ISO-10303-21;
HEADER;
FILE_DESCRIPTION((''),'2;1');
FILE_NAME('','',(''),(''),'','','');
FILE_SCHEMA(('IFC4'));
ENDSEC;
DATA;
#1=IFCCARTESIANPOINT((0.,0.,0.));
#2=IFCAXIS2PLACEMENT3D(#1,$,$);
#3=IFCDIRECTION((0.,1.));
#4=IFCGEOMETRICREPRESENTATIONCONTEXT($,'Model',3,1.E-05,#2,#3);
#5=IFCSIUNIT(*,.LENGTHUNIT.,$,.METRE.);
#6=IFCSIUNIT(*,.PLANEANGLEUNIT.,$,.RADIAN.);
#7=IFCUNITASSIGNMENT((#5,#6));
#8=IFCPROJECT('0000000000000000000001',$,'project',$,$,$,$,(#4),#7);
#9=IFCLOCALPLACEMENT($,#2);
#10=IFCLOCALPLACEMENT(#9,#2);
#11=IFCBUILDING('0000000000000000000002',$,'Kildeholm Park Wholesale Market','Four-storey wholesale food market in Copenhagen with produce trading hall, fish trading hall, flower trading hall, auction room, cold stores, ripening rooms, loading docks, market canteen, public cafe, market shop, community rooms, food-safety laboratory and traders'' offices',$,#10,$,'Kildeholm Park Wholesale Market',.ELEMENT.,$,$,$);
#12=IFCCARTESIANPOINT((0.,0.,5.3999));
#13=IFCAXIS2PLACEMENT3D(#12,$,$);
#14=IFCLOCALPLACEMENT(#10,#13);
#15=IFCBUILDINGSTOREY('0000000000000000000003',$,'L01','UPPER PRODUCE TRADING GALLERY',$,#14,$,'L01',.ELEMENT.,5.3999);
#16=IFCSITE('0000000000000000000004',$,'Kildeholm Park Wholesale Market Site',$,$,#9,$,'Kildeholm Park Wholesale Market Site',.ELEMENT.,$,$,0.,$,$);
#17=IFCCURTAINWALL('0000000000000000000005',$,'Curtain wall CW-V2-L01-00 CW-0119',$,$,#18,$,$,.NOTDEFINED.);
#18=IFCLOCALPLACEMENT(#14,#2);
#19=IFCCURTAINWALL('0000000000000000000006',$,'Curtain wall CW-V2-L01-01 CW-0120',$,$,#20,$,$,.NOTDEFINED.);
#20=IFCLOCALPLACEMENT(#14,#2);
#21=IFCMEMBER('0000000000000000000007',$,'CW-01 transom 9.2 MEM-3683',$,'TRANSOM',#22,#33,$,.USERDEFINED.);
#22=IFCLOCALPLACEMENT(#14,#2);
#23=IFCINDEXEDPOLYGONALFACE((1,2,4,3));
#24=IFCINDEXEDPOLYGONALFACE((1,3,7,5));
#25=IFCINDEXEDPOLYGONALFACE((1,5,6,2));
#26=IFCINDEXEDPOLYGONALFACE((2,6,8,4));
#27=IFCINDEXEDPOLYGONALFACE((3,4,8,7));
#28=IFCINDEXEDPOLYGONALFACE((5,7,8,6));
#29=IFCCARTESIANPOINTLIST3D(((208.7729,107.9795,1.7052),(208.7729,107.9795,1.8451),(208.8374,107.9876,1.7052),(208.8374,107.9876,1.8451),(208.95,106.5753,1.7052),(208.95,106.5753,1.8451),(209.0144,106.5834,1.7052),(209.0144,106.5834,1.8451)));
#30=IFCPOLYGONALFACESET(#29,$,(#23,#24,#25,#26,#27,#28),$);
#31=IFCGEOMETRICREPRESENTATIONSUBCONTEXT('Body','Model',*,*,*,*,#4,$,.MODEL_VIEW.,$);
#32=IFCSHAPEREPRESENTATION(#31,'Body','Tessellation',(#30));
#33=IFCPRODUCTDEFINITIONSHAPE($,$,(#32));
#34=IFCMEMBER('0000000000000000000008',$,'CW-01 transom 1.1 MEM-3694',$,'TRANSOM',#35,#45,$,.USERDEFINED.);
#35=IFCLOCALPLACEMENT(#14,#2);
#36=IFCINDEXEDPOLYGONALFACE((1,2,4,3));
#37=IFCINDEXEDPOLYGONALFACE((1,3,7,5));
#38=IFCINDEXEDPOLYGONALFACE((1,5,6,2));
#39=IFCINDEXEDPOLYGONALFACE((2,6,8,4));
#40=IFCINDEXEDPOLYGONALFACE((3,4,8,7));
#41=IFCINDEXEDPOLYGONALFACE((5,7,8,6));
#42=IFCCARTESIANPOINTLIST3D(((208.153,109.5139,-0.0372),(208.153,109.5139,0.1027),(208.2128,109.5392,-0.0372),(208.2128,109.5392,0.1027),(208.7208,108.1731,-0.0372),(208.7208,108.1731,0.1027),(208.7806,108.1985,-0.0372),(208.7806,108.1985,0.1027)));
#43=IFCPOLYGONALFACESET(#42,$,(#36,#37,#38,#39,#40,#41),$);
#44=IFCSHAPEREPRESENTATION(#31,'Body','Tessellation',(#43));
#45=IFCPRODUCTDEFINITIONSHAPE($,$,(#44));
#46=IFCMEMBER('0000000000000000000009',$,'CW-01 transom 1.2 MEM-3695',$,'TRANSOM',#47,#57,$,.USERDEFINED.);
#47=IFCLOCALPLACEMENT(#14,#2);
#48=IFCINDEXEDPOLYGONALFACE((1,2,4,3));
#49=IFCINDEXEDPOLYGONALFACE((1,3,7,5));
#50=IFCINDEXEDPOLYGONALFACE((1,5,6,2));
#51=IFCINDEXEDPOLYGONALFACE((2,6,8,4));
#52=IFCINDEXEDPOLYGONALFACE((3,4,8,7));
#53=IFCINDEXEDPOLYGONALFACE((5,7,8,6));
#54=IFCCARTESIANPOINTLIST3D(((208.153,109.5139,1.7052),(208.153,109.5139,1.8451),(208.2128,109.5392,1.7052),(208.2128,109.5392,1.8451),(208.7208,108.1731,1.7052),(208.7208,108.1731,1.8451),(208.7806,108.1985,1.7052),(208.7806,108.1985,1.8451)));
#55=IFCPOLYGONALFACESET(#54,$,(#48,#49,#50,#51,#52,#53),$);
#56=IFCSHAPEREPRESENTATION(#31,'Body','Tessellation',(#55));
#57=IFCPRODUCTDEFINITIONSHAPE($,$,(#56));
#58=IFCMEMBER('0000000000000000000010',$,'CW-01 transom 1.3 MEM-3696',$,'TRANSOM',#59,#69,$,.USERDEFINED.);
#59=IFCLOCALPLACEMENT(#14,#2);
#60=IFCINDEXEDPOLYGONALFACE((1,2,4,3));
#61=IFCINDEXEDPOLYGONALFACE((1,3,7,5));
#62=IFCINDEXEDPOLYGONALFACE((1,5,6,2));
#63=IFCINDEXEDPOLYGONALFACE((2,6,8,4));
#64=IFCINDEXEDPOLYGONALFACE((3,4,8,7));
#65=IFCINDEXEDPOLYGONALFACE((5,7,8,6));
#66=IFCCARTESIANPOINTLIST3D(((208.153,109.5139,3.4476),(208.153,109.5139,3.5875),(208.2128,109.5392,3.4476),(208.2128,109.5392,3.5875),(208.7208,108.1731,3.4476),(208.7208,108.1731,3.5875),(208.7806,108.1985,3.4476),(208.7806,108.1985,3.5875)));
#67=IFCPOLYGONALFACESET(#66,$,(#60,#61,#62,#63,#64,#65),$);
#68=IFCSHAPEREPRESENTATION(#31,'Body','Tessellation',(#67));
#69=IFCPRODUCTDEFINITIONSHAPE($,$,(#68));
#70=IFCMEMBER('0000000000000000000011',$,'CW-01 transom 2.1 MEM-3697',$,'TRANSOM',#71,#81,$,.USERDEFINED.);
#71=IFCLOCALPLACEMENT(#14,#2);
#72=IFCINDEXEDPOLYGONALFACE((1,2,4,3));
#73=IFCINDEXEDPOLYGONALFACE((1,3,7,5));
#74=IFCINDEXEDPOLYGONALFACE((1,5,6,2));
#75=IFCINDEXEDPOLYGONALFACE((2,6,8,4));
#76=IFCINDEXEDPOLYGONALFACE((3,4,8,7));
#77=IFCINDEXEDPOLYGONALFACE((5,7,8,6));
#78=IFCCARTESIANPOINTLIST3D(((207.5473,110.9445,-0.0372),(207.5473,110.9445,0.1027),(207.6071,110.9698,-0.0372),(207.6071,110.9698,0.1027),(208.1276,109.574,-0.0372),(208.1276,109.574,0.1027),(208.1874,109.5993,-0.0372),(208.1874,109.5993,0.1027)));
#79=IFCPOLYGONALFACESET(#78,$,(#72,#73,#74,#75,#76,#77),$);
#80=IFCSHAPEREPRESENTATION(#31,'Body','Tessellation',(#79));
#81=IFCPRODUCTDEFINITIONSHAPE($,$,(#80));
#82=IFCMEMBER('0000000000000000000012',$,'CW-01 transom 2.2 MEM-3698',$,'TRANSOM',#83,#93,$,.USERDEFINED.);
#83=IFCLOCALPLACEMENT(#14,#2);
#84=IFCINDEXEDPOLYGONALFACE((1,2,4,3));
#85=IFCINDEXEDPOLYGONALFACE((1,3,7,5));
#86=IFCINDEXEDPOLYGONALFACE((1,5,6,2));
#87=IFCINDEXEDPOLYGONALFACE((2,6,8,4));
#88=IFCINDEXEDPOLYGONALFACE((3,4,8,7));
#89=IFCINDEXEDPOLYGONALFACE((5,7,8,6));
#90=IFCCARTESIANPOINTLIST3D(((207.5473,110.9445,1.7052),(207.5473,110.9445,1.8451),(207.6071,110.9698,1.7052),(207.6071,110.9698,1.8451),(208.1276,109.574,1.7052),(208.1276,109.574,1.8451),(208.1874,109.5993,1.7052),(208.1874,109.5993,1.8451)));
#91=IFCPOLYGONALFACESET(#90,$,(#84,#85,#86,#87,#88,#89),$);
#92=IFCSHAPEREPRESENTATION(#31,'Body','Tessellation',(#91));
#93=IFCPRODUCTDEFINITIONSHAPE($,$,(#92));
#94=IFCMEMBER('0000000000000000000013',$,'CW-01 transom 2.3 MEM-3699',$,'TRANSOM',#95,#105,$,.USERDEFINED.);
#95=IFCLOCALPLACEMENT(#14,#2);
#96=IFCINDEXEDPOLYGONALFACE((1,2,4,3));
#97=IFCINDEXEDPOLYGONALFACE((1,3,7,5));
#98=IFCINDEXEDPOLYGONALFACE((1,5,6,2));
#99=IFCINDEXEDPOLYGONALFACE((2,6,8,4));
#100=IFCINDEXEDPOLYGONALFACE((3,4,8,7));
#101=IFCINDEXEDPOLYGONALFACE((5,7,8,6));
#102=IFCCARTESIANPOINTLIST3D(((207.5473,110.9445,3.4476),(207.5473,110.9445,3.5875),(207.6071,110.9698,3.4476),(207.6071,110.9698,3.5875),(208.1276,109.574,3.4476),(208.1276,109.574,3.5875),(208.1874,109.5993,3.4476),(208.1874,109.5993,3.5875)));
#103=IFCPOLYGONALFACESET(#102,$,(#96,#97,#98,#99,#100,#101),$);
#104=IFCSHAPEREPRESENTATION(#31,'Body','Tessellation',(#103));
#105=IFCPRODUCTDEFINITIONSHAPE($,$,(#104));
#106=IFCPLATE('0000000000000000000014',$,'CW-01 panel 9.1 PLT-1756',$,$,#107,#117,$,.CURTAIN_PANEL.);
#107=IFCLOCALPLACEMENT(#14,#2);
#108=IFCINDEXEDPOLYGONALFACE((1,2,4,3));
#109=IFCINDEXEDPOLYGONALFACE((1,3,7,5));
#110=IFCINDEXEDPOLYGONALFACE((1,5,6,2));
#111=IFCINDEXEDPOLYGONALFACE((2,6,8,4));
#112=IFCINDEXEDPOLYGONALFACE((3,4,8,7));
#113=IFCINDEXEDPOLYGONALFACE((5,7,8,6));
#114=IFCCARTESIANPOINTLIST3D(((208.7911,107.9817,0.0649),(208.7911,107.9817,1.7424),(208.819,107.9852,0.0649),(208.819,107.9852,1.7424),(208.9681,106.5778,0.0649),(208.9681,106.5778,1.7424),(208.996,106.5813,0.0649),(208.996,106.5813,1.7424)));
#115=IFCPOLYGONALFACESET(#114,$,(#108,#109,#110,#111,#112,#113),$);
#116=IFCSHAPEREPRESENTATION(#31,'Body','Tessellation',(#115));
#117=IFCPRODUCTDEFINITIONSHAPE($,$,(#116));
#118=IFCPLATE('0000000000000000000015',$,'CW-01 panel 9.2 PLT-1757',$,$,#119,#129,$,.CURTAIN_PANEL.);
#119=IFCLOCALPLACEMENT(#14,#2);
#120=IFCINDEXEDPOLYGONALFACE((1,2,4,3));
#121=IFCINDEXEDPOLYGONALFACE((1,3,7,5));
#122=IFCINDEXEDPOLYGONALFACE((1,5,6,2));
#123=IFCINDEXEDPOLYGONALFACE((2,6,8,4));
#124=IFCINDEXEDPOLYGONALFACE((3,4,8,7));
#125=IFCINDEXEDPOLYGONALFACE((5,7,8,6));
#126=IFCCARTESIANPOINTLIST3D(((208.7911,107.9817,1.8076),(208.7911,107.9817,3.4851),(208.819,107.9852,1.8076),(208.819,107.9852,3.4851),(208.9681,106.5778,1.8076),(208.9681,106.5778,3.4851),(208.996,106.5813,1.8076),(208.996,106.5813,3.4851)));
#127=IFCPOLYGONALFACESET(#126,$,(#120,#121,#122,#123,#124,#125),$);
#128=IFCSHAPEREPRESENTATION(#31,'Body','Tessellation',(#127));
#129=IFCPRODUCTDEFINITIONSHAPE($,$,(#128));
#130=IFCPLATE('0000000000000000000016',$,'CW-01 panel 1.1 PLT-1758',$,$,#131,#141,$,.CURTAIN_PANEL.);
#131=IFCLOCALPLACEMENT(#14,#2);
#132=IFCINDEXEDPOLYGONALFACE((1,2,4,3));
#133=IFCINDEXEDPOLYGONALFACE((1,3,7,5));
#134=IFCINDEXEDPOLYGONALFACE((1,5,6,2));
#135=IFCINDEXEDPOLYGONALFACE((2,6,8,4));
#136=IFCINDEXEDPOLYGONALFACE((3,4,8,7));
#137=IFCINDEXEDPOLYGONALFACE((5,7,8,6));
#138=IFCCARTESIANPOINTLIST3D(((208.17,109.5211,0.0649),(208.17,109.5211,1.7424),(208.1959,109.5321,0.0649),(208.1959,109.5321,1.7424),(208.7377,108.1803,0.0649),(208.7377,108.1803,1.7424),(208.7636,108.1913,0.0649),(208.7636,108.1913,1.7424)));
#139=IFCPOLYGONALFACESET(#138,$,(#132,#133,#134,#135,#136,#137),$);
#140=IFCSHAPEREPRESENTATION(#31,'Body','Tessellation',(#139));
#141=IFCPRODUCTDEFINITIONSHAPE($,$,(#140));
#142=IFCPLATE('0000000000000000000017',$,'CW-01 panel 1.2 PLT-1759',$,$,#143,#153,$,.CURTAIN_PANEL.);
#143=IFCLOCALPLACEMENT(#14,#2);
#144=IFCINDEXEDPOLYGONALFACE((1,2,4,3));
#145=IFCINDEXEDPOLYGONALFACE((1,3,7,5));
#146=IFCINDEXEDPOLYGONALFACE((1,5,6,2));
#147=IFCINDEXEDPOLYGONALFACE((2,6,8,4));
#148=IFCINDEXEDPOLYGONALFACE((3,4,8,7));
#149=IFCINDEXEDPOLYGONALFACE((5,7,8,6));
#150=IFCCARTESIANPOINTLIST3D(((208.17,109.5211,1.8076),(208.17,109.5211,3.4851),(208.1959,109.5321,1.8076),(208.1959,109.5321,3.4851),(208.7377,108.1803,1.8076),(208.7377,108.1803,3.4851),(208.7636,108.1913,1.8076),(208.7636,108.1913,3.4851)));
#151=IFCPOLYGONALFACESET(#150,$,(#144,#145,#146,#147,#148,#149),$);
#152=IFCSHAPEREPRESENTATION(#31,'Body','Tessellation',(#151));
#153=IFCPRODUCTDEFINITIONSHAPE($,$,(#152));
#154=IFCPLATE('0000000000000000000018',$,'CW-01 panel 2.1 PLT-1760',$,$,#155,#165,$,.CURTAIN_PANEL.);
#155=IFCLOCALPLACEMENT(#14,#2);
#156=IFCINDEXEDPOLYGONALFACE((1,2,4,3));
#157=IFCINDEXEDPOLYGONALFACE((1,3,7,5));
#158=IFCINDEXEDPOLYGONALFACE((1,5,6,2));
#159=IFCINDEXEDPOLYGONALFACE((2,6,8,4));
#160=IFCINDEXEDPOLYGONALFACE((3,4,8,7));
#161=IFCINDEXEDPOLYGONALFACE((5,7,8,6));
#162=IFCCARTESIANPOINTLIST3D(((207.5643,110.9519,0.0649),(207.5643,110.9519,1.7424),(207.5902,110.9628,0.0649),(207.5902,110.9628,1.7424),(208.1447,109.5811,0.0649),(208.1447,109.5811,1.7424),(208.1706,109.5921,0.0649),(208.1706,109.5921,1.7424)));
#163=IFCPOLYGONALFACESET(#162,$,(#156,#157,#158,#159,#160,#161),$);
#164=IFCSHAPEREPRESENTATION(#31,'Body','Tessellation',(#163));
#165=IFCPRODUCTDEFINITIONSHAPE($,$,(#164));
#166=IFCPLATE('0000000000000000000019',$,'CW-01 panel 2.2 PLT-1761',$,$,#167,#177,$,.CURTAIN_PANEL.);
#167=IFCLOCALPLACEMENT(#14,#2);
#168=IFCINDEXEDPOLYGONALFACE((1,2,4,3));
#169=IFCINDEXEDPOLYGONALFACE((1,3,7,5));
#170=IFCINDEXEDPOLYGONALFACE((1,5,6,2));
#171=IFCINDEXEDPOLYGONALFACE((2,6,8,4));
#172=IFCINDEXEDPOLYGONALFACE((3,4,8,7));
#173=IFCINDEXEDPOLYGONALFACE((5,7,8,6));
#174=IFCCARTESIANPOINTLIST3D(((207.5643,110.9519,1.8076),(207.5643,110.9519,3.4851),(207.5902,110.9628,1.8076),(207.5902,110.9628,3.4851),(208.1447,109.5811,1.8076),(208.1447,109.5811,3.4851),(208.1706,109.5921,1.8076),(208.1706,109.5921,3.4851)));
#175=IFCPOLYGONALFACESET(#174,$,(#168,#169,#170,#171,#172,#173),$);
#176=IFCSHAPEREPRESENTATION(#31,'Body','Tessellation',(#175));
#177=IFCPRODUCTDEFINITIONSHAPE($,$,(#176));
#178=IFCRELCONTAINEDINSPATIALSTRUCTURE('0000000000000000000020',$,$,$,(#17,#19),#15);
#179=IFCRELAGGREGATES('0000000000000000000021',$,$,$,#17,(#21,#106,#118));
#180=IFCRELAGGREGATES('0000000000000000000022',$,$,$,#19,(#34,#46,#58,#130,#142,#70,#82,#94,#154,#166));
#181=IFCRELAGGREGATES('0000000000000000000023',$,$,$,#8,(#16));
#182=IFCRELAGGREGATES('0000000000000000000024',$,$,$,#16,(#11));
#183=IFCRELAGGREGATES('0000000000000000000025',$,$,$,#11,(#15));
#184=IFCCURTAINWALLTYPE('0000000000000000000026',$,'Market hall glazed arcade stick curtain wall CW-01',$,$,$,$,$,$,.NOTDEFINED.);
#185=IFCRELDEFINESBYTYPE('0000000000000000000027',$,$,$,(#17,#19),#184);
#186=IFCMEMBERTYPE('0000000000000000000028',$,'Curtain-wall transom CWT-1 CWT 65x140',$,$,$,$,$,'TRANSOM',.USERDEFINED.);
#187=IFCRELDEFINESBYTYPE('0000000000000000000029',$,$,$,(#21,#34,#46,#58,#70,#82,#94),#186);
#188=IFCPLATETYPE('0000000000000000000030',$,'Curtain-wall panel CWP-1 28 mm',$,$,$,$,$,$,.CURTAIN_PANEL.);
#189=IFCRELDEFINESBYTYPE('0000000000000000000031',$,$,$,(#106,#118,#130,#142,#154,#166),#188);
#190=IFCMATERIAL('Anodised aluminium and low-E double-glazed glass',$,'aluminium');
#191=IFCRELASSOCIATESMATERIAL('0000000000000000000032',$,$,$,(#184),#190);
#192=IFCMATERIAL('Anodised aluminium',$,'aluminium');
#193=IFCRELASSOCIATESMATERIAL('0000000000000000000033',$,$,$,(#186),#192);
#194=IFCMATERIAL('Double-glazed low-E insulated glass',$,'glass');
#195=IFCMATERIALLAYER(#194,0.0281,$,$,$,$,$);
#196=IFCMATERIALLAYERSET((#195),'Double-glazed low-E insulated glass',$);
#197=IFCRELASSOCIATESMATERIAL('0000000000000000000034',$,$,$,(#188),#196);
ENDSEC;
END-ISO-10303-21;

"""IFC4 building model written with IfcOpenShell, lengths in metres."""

from ifc_helpers import new_model, si_unit, direction, frame, origin, origin_2d, place, context, subcontext, project, spatial, rectangle, extrude, material, layer, layer_set, material_profile, profile_set, type_object, element, aggregate, save


model = new_model("IFC4")

# Units and contexts
model_context = context("Model", 3, precision=1e-05, world=origin(), true_north=direction((0.0, 1.0)))
body_context = subcontext(model_context, "Body", "Model", "MODEL_VIEW")
ifc_project = project(units=[si_unit("LENGTHUNIT", "METRE"), si_unit("PLANEANGLEUNIT", "RADIAN")], contexts=[model_context])

# Site, building, storey
site_placement = place(None, origin())
site = spatial("IfcSite", under=ifc_project, at=site_placement, Name="Kildeholm Park Wholesale Market Site", LongName="Kildeholm Park Wholesale Market Site", CompositionType="ELEMENT", RefElevation=0.0)
building_placement = place(site_placement, origin())
building = spatial("IfcBuilding", under=site, at=building_placement, Name="Kildeholm Park Wholesale Market", Description="Four-storey wholesale food market in Copenhagen with produce trading hall, fish trading hall, flower trading hall, auction room, cold stores, ripening rooms, loading docks, market canteen, public cafe, market shop, community rooms, food-safety laboratory and traders' offices", LongName="Kildeholm Park Wholesale Market", CompositionType="ELEMENT")
storey_placement = place(building_placement, frame((0.0, 0.0, 5.3999)))
storey = spatial("IfcBuildingStorey", under=building, at=storey_placement, Name="L01", Description="UPPER PRODUCE TRADING GALLERY", LongName="L01", CompositionType="ELEMENT", Elevation=5.3999)

# Curtain wall
ifc_material_1 = material(Name="Anodised aluminium and low-E double-glazed glass", Category="aluminium")
curtain_wall_type = type_object("IfcCurtainWallType", Name="Market hall glazed arcade stick curtain wall CW-01", PredefinedType="NOTDEFINED", material=ifc_material_1)
curtain_wall_1_placement = place(storey_placement, origin())
curtain_wall_1 = element("IfcCurtainWall", 1, at=curtain_wall_1_placement, inside=storey, type_object=curtain_wall_type, Name="Curtain wall CW-V2-L01-00 CW-0119", PredefinedType="NOTDEFINED")
ifc_material_2 = material(Name="Anodised aluminium", Category="aluminium")

# Curtain wall
curtain_wall_2_placement = place(storey_placement, origin())
curtain_wall_2 = element("IfcCurtainWall", 2, at=curtain_wall_2_placement, inside=storey, type_object=curtain_wall_type, Name="Curtain wall CW-V2-L01-01 CW-0120", PredefinedType="NOTDEFINED")

# Members
ifc_material_profile_1 = material_profile(ifc_material_2, rectangle(XDim=0.0649, YDim=0.1399, at=origin_2d()), Name="CWT 65x140")
ifc_profile_set_1 = profile_set([ifc_material_profile_1], Name="Anodised aluminium")
member_type_1 = type_object("IfcMemberType", Name="Curtain-wall transom CWT-1 CWT 65x140", ElementType="TRANSOM", PredefinedType="USERDEFINED", material=ifc_profile_set_1)
member_1_placement = place(storey_placement, frame((208.9822, 106.5793, 1.7751), z_axis=(-0.125075, 0.992147, 0.0), x_axis=(-0.992147, -0.125075, 0.0)))
member_1 = element("IfcMember", 3, at=member_1_placement, type_object=member_type_1, Name="CW-01 transom 9.2 MEM-3683", ObjectType="TRANSOM", PredefinedType="USERDEFINED", context=body_context, shape_type="SweptSolid", body=[
    extrude(rectangle(XDim=0.0649, YDim=0.1399, at=origin_2d()), origin(), (0.0, 0.0, 1.0), 1.4153),
])
member_2_placement = place(storey_placement, frame((208.7507, 108.1858, 0.0327), z_axis=(-0.38999, 0.920819, 0.0), x_axis=(-0.920819, -0.38999, 0.0)))
member_2 = element("IfcMember", 4, at=member_2_placement, type_object=member_type_1, Name="CW-01 transom 1.1 MEM-3694", ObjectType="TRANSOM", PredefinedType="USERDEFINED", context=body_context, shape_type="SweptSolid", body=[
    extrude(rectangle(XDim=0.0649, YDim=0.1399, at=origin_2d()), origin(), (0.0, 0.0, 1.0), 1.4561),
])
member_3_placement = place(storey_placement, frame((208.7507, 108.1858, 1.7751), z_axis=(-0.38999, 0.920819, 0.0), x_axis=(-0.920819, -0.38999, 0.0)))
member_3 = element("IfcMember", 5, at=member_3_placement, type_object=member_type_1, Name="CW-01 transom 1.2 MEM-3695", ObjectType="TRANSOM", PredefinedType="USERDEFINED", context=body_context, shape_type="SweptSolid", body=[
    extrude(rectangle(XDim=0.0649, YDim=0.1399, at=origin_2d()), origin(), (0.0, 0.0, 1.0), 1.4561),
])
member_4_placement = place(storey_placement, frame((208.7507, 108.1858, 3.5176), z_axis=(-0.38999, 0.920819, 0.0), x_axis=(-0.920819, -0.38999, 0.0)))
member_4 = element("IfcMember", 6, at=member_4_placement, type_object=member_type_1, Name="CW-01 transom 1.3 MEM-3696", ObjectType="TRANSOM", PredefinedType="USERDEFINED", context=body_context, shape_type="SweptSolid", body=[
    extrude(rectangle(XDim=0.0649, YDim=0.1399, at=origin_2d()), origin(), (0.0, 0.0, 1.0), 1.4561),
])
member_5_placement = place(storey_placement, frame((208.1575, 109.5867, 0.0327), z_axis=(-0.389897, 0.920859, 0.0), x_axis=(-0.920859, -0.389897, 0.0)))
member_5 = element("IfcMember", 7, at=member_5_placement, type_object=member_type_1, Name="CW-01 transom 2.1 MEM-3697", ObjectType="TRANSOM", PredefinedType="USERDEFINED", context=body_context, shape_type="SweptSolid", body=[
    extrude(rectangle(XDim=0.0649, YDim=0.1399, at=origin_2d()), origin(), (0.0, 0.0, 1.0), 1.4883),
])
member_6_placement = place(storey_placement, frame((208.1575, 109.5867, 1.7751), z_axis=(-0.389897, 0.920859, 0.0), x_axis=(-0.920859, -0.389897, 0.0)))
member_6 = element("IfcMember", 8, at=member_6_placement, type_object=member_type_1, Name="CW-01 transom 2.2 MEM-3698", ObjectType="TRANSOM", PredefinedType="USERDEFINED", context=body_context, shape_type="SweptSolid", body=[
    extrude(rectangle(XDim=0.0649, YDim=0.1399, at=origin_2d()), origin(), (0.0, 0.0, 1.0), 1.4883),
])
member_7_placement = place(storey_placement, frame((208.1575, 109.5867, 3.5176), z_axis=(-0.389897, 0.920859, 0.0), x_axis=(-0.920859, -0.389897, 0.0)))
member_7 = element("IfcMember", 9, at=member_7_placement, type_object=member_type_1, Name="CW-01 transom 2.3 MEM-3699", ObjectType="TRANSOM", PredefinedType="USERDEFINED", context=body_context, shape_type="SweptSolid", body=[
    extrude(rectangle(XDim=0.0649, YDim=0.1399, at=origin_2d()), origin(), (0.0, 0.0, 1.0), 1.4883),
])

# Plates
ifc_material_3 = material(Name="Double-glazed low-E insulated glass", Category="glass")
ifc_layer = layer(ifc_material_3, 0.0281)
ifc_layer_set = layer_set([ifc_layer], Name="Double-glazed low-E insulated glass")
plate_type = type_object("IfcPlateType", Name="Curtain-wall panel CWP-1 28 mm", PredefinedType="CURTAIN_PANEL", material=ifc_layer_set)
plate_1_placement = place(storey_placement, frame((208.8936, 107.2815, 0.0649), z_axis=(0.0, 0.0, 1.0), x_axis=(-0.125092, 0.992145, 0.0)))
plate_1 = element("IfcPlate", 10, at=plate_1_placement, type_object=plate_type, Name="CW-01 panel 9.1 PLT-1756", PredefinedType="CURTAIN_PANEL", context=body_context, shape_type="SweptSolid", body=[
    extrude(rectangle(XDim=1.415, YDim=0.0281, at=origin_2d()), origin(), (0.0, 0.0, 1.0), 1.6775),
])
plate_2_placement = place(storey_placement, frame((208.8936, 107.2815, 1.8076), z_axis=(0.0, 0.0, 1.0), x_axis=(-0.125092, 0.992145, 0.0)))
plate_2 = element("IfcPlate", 11, at=plate_2_placement, type_object=plate_type, Name="CW-01 panel 9.2 PLT-1757", PredefinedType="CURTAIN_PANEL", context=body_context, shape_type="SweptSolid", body=[
    extrude(rectangle(XDim=1.415, YDim=0.0281, at=origin_2d()), origin(), (0.0, 0.0, 1.0), 1.6775),
])
aggregate(curtain_wall_1, [member_1, plate_1, plate_2])
plate_3_placement = place(storey_placement, frame((208.4668, 108.8562, 0.0649), z_axis=(0.0, 0.0, 1.0), x_axis=(-0.389905, 0.920855, 0.0)))
plate_3 = element("IfcPlate", 12, at=plate_3_placement, type_object=plate_type, Name="CW-01 panel 1.1 PLT-1758", PredefinedType="CURTAIN_PANEL", context=body_context, shape_type="SweptSolid", body=[
    extrude(rectangle(XDim=1.4561, YDim=0.0281, at=origin_2d()), origin(), (0.0, 0.0, 1.0), 1.6775),
])
plate_4_placement = place(storey_placement, frame((208.4668, 108.8562, 1.8076), z_axis=(0.0, 0.0, 1.0), x_axis=(-0.389905, 0.920855, 0.0)))
plate_4 = element("IfcPlate", 13, at=plate_4_placement, type_object=plate_type, Name="CW-01 panel 1.2 PLT-1759", PredefinedType="CURTAIN_PANEL", context=body_context, shape_type="SweptSolid", body=[
    extrude(rectangle(XDim=1.4561, YDim=0.0281, at=origin_2d()), origin(), (0.0, 0.0, 1.0), 1.6775),
])
plate_5_placement = place(storey_placement, frame((207.8674, 110.272, 0.0649), z_axis=(0.0, 0.0, 1.0), x_axis=(-0.389905, 0.920855, 0.0)))
plate_5 = element("IfcPlate", 14, at=plate_5_placement, type_object=plate_type, Name="CW-01 panel 2.1 PLT-1760", PredefinedType="CURTAIN_PANEL", context=body_context, shape_type="SweptSolid", body=[
    extrude(rectangle(XDim=1.4885, YDim=0.0281, at=origin_2d()), origin(), (0.0, 0.0, 1.0), 1.6775),
])
plate_6_placement = place(storey_placement, frame((207.8674, 110.272, 1.8076), z_axis=(0.0, 0.0, 1.0), x_axis=(-0.389905, 0.920855, 0.0)))
plate_6 = element("IfcPlate", 15, at=plate_6_placement, type_object=plate_type, Name="CW-01 panel 2.2 PLT-1761", PredefinedType="CURTAIN_PANEL", context=body_context, shape_type="SweptSolid", body=[
    extrude(rectangle(XDim=1.4885, YDim=0.0281, at=origin_2d()), origin(), (0.0, 0.0, 1.0), 1.6775),
])
aggregate(curtain_wall_2, [member_2, member_3, member_4, plate_3, plate_4, member_5, member_6, member_7, plate_5, plate_6])

save(model, "model.ifc")
